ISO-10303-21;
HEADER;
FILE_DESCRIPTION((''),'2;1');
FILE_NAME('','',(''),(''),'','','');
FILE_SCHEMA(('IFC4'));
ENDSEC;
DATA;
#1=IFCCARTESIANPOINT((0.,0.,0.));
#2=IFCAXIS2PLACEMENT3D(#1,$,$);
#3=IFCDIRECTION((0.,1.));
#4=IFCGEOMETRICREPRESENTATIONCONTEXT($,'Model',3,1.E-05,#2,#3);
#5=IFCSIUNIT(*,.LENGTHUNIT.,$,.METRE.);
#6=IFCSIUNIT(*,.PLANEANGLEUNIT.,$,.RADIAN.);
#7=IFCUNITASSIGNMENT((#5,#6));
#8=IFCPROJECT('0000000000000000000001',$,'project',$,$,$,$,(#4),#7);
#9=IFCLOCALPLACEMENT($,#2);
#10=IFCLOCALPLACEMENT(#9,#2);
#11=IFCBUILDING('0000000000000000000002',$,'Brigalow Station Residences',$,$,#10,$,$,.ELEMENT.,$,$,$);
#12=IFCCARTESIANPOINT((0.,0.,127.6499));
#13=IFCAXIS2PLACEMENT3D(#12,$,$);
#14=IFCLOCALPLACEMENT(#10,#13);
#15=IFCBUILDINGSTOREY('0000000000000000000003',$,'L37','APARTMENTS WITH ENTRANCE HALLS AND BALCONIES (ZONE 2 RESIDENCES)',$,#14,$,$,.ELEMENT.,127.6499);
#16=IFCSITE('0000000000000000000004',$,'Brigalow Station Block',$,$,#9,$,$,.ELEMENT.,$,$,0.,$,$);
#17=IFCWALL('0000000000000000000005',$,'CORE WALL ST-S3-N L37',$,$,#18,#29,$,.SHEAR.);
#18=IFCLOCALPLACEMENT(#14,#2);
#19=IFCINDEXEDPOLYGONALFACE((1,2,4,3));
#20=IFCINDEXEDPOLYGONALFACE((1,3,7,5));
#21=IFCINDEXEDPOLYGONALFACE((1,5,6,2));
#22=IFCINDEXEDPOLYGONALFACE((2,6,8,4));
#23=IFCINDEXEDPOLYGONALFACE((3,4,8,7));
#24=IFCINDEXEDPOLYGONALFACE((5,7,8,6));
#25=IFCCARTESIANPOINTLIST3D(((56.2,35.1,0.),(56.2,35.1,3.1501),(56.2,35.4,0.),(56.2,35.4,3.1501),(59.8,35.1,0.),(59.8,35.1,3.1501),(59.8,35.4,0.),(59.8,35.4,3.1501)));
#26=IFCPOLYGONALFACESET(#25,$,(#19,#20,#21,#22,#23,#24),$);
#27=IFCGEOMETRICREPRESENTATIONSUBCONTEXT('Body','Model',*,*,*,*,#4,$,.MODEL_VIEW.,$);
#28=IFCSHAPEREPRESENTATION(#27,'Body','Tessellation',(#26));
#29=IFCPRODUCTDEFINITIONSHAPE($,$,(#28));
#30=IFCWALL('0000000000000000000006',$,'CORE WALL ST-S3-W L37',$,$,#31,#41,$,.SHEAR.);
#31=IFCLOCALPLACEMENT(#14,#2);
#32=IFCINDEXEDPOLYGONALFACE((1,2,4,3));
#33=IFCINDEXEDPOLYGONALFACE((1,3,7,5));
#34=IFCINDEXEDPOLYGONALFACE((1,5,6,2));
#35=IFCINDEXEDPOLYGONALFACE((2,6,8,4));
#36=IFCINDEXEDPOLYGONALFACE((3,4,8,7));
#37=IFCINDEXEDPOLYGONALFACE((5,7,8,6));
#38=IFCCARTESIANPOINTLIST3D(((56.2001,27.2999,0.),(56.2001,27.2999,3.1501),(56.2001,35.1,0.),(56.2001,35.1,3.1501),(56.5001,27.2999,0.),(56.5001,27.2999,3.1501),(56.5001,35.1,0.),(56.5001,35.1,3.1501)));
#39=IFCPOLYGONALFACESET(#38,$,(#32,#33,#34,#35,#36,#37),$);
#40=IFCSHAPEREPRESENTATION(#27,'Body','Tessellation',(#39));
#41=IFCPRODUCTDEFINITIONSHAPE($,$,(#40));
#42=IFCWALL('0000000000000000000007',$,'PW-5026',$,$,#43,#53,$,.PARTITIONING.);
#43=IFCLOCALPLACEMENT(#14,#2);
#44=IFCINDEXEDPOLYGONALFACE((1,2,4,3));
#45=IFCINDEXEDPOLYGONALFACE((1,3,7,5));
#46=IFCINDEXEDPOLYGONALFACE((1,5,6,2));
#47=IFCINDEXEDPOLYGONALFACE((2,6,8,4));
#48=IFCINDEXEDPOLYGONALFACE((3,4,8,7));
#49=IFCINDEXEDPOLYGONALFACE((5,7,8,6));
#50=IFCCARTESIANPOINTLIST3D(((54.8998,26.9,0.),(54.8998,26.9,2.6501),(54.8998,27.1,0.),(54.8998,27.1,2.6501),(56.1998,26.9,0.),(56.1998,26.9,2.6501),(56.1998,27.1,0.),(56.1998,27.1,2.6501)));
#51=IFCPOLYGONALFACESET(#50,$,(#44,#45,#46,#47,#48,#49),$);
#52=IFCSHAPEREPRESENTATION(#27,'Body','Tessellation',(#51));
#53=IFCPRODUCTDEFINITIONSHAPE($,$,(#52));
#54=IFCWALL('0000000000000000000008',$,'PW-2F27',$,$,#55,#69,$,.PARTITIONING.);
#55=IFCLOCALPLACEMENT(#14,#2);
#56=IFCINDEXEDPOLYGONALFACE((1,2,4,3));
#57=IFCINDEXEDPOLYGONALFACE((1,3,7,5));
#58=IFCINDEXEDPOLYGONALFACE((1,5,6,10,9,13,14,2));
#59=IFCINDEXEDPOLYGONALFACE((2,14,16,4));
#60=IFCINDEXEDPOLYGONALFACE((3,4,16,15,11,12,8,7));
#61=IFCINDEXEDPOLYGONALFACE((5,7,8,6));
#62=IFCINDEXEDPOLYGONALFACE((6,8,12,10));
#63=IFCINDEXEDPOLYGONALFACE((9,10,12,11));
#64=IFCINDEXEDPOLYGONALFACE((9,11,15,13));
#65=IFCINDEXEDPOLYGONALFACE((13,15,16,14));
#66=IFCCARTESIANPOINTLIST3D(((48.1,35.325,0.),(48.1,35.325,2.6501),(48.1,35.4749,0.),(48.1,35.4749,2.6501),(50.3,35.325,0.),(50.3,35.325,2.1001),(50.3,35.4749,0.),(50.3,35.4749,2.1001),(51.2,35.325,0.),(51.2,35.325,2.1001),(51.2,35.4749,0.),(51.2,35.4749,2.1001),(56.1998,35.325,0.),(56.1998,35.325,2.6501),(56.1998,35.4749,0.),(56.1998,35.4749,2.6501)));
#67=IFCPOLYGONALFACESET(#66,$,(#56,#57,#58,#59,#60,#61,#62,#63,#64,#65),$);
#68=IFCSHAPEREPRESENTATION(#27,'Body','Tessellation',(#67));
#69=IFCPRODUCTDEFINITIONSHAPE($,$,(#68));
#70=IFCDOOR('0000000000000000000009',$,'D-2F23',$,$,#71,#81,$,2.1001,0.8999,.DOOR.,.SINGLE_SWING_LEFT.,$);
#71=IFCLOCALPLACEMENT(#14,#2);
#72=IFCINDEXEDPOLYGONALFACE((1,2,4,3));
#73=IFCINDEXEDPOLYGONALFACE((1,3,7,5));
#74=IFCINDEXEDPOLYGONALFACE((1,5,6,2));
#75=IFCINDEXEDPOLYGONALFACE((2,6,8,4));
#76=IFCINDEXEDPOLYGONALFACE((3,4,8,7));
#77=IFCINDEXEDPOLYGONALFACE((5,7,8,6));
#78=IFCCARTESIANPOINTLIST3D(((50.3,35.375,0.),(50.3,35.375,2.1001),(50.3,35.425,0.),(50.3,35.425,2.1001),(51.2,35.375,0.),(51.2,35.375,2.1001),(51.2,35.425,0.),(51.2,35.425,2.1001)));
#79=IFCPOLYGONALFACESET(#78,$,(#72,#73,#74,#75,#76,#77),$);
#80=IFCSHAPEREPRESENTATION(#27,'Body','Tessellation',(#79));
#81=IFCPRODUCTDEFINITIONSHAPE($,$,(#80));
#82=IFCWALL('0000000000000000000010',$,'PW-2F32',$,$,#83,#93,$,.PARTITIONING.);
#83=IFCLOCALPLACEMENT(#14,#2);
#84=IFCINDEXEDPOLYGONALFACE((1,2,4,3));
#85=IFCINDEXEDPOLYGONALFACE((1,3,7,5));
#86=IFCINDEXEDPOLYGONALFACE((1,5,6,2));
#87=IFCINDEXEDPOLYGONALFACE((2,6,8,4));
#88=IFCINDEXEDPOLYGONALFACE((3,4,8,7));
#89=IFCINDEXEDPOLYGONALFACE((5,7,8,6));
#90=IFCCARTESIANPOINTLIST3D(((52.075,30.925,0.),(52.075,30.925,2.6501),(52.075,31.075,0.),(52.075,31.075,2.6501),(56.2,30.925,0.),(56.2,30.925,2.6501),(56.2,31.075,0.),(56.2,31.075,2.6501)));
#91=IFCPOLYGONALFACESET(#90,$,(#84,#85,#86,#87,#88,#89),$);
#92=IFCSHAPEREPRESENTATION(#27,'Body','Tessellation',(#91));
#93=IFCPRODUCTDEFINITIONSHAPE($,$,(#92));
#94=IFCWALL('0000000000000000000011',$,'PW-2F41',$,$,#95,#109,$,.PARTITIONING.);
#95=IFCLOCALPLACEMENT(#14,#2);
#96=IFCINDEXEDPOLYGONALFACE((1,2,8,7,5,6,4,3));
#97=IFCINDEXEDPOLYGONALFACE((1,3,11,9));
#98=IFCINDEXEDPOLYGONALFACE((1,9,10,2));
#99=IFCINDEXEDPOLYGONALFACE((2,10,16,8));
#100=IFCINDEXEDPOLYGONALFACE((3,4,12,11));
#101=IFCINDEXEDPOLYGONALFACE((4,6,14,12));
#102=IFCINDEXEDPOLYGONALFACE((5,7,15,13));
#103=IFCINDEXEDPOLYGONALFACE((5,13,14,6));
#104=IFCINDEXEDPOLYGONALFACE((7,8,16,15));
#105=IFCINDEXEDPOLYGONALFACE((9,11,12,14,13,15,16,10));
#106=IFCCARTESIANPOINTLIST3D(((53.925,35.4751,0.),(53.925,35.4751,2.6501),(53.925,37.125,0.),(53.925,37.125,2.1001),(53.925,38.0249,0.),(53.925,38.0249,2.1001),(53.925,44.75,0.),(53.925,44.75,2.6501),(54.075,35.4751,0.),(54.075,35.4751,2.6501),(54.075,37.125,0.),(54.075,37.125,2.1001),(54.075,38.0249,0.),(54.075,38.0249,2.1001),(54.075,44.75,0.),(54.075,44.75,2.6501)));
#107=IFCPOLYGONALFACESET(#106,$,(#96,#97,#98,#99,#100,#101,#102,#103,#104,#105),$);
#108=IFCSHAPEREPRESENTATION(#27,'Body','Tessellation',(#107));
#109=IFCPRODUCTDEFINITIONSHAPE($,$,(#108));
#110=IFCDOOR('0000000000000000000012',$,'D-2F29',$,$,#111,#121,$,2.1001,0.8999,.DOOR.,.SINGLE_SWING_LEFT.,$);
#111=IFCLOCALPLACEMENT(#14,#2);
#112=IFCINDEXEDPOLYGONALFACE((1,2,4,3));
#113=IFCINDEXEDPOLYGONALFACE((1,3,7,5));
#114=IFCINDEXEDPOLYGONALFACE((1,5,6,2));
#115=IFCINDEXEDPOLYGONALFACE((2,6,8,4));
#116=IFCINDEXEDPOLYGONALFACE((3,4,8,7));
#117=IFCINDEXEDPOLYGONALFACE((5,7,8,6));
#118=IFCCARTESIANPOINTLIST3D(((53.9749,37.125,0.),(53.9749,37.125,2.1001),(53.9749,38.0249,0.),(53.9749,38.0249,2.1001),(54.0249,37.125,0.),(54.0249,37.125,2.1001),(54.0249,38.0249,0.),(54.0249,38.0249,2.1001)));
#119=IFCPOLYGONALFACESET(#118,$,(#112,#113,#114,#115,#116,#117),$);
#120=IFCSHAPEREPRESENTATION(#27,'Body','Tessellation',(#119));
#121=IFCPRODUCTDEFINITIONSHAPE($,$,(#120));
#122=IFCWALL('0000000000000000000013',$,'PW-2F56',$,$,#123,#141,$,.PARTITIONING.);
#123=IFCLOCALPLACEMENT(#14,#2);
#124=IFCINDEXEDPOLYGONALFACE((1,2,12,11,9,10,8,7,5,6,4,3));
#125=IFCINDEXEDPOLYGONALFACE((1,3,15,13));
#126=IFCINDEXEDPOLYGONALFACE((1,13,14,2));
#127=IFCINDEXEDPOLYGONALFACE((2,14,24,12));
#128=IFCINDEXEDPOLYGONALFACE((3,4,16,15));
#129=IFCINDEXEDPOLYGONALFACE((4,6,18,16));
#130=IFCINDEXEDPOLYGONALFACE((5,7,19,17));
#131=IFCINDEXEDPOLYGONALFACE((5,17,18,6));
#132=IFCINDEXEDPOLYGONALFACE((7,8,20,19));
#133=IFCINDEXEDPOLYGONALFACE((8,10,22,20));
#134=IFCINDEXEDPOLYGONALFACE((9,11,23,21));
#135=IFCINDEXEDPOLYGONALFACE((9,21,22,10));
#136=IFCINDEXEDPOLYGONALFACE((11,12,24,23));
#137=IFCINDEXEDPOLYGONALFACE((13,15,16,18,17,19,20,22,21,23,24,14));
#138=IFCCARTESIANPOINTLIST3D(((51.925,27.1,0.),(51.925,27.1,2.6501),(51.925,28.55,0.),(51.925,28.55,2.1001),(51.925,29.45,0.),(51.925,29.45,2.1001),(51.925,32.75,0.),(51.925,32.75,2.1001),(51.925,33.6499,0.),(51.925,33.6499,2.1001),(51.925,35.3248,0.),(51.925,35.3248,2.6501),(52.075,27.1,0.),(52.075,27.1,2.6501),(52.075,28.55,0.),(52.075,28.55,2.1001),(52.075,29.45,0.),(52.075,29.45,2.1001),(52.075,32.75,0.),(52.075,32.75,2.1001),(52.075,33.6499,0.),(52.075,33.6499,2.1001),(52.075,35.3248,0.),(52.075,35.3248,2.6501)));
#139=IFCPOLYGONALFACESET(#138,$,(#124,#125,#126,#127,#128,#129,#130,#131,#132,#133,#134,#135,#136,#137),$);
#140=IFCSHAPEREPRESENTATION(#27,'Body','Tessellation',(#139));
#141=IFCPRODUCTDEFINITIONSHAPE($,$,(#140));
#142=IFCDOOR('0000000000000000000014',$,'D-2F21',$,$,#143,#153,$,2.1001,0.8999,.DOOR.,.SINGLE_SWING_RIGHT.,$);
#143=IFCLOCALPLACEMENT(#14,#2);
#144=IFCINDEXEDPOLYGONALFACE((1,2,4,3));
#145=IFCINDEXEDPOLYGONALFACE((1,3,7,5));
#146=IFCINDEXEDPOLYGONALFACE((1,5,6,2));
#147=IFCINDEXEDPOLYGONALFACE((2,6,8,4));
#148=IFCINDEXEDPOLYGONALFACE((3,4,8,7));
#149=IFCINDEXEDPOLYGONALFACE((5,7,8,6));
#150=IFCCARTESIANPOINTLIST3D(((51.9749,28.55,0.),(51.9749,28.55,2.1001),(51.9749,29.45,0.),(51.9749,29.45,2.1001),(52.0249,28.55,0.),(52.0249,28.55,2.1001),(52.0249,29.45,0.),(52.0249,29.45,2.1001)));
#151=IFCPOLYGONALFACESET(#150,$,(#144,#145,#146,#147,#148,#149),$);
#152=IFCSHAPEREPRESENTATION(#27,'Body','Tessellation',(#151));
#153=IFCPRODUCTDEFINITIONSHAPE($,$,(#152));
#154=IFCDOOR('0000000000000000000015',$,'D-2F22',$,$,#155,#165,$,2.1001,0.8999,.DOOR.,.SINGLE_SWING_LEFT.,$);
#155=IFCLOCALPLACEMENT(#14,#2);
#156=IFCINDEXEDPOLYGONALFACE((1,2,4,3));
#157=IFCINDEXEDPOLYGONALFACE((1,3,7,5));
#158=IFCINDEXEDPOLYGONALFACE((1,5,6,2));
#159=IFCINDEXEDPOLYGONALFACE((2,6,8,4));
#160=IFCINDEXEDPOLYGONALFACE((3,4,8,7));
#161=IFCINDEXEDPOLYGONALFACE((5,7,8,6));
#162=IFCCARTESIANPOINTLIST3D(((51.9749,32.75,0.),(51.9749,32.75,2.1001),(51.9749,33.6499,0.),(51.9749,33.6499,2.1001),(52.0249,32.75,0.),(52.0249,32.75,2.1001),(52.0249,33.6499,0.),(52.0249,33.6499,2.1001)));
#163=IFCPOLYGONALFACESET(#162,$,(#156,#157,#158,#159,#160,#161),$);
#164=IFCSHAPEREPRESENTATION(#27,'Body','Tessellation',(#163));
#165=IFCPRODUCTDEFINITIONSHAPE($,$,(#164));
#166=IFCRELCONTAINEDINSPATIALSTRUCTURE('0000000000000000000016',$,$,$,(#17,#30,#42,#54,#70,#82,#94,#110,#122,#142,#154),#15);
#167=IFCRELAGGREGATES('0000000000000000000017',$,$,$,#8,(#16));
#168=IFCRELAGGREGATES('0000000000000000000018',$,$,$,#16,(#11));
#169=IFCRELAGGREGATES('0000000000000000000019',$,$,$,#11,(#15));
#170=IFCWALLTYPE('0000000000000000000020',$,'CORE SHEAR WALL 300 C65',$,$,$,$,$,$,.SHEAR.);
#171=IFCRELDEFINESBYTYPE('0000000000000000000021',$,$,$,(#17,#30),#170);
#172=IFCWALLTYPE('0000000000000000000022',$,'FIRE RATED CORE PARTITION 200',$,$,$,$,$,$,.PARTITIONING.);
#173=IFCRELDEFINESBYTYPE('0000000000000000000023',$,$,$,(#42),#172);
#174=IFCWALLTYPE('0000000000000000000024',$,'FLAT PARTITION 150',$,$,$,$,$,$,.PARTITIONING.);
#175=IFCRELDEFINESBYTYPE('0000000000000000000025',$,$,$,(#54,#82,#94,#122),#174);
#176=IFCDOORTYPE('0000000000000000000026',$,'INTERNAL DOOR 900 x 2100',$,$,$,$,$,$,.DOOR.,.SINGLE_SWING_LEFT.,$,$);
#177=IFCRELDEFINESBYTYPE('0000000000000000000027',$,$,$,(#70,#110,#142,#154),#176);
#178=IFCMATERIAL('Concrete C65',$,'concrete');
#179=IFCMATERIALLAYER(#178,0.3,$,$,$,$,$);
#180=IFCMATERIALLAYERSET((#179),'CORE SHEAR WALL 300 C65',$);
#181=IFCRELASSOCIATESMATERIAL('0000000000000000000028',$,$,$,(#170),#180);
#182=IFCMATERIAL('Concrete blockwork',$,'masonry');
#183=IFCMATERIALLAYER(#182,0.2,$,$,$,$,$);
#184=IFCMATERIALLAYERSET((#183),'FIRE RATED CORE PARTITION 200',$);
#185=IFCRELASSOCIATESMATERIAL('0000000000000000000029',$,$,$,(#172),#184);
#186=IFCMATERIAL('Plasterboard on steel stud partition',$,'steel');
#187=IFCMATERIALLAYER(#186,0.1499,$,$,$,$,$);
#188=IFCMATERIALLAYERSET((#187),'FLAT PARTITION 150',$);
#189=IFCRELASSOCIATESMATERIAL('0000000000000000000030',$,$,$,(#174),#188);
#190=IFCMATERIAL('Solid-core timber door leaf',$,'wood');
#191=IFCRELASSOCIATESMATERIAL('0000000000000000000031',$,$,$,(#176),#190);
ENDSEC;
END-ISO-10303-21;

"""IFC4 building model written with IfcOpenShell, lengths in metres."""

from ifc_helpers import new_model, si_unit, direction, frame, frame_2d, origin, place, context, subcontext, project, spatial, rectangle, extrude, material, layer, layer_set, type_object, element, fill, save


model = new_model("IFC4")

# Units and contexts
model_context = context("Model", 3, precision=1e-05, world=origin(), true_north=direction((0.0, 1.0)))
body_context = subcontext(model_context, "Body", "Model", "MODEL_VIEW")
ifc_project = project(units=[si_unit("LENGTHUNIT", "METRE"), si_unit("PLANEANGLEUNIT", "RADIAN")], contexts=[model_context])

# Site, building, storey
site_placement = place(None, origin())
site = spatial("IfcSite", under=ifc_project, at=site_placement, Name="Brigalow Station Block", CompositionType="ELEMENT", RefElevation=0.0)
building_placement = place(site_placement, origin())
building = spatial("IfcBuilding", under=site, at=building_placement, Name="Brigalow Station Residences", CompositionType="ELEMENT")
storey_placement = place(building_placement, frame((0.0, 0.0, 127.6499)))
storey = spatial("IfcBuildingStorey", under=building, at=storey_placement, Name="L37", Description="APARTMENTS WITH ENTRANCE HALLS AND BALCONIES (ZONE 2 RESIDENCES)", CompositionType="ELEMENT", Elevation=127.6499)

# Shared definitions
ifc_material_1 = material(Name="Concrete C65", Category="concrete")
ifc_layer_1 = layer(ifc_material_1, 0.3)
ifc_layer_set_1 = layer_set([ifc_layer_1], Name="CORE SHEAR WALL 300 C65")
wall_type_1 = type_object("IfcWallType", Name="CORE SHEAR WALL 300 C65", PredefinedType="SHEAR", material=ifc_layer_set_1)

# Walls
wall_1_placement = place(storey_placement, frame((56.2, 35.25, 0.0), z_axis=(0.0, 0.0, 1.0), x_axis=(1.0, 0.0, 0.0)))
element("IfcWall", 1, at=wall_1_placement, inside=storey, type_object=wall_type_1, Name="CORE WALL ST-S3-N L37", PredefinedType="SHEAR", context=body_context, shape_type="SweptSolid", body=[
    extrude(rectangle(XDim=3.6001, YDim=0.3, at=frame_2d((1.8, 0.0))), origin(), (0.0, 0.0, 1.0), 3.1501),
])
wall_2_placement = place(storey_placement, frame((56.3501, 27.3, 0.0), z_axis=(0.0, 0.0, 1.0), x_axis=(0.0, 1.0, 0.0)))
element("IfcWall", 2, at=wall_2_placement, inside=storey, type_object=wall_type_1, Name="CORE WALL ST-S3-W L37", PredefinedType="SHEAR", context=body_context, shape_type="SweptSolid", body=[
    extrude(rectangle(XDim=7.8, YDim=0.3, at=frame_2d((3.8999, 0.0))), origin(), (0.0, 0.0, 1.0), 3.1501),
])
ifc_material_2 = material(Name="Concrete blockwork", Category="masonry")
ifc_layer_2 = layer(ifc_material_2, 0.2)
ifc_layer_set_2 = layer_set([ifc_layer_2], Name="FIRE RATED CORE PARTITION 200")
wall_type_2 = type_object("IfcWallType", Name="FIRE RATED CORE PARTITION 200", PredefinedType="PARTITIONING", material=ifc_layer_set_2)
wall_3_placement = place(storey_placement, frame((54.8999, 27.0, 0.0), z_axis=(0.0, 0.0, 1.0), x_axis=(1.0, 0.0, 0.0)))
element("IfcWall", 3, at=wall_3_placement, inside=storey, type_object=wall_type_2, Name="PW-5026", PredefinedType="PARTITIONING", context=body_context, shape_type="SweptSolid", body=[
    extrude(rectangle(XDim=1.3, YDim=0.2, at=frame_2d((0.6499, 0.0))), origin(), (0.0, 0.0, 1.0), 2.6501),
])

# Wall, opening, door
ifc_material_3 = material(Name="Plasterboard on steel stud partition", Category="steel")
ifc_layer_3 = layer(ifc_material_3, 0.1499)
ifc_layer_set_3 = layer_set([ifc_layer_3], Name="FLAT PARTITION 150")
wall_type_3 = type_object("IfcWallType", Name="FLAT PARTITION 150", PredefinedType="PARTITIONING", material=ifc_layer_set_3)
wall_4_placement = place(storey_placement, frame((48.1001, 35.3999, 0.0), z_axis=(0.0, 0.0, 1.0), x_axis=(1.0, 0.0, 0.0)))
wall_4 = element("IfcWall", 4, at=wall_4_placement, inside=storey, type_object=wall_type_3, Name="PW-2F27", PredefinedType="PARTITIONING", context=body_context, shape_type="SweptSolid", body=[
    extrude(rectangle(XDim=8.0999, YDim=0.1499, at=frame_2d((4.0498, 0.0))), origin(), (0.0, 0.0, 1.0), 2.6501),
])
opening_1_placement = place(wall_4_placement, frame((2.2, 0.0, 0.0)))
opening_1 = element("IfcOpeningElement", 5, at=opening_1_placement, cuts=wall_4, PredefinedType="OPENING", context=body_context, shape_type="SweptSolid", body=[
    extrude(rectangle(XDim=0.8999, YDim=2.1001, at=frame_2d((0.45, 1.05))), frame((0.0, 0.085, 0.0), z_axis=(0.0, -1.0, 0.0), x_axis=(1.0, 0.0, 0.0)), (0.0, 0.0, 1.0), 0.1699),
])
ifc_material_4 = material(Name="Solid-core timber door leaf", Category="wood")
door_type_1 = type_object("IfcDoorType", Name="INTERNAL DOOR 900 x 2100", OperationType="SINGLE_SWING_LEFT", PredefinedType="DOOR", material=ifc_material_4)
door_1_placement = place(opening_1_placement, frame((0.8999, 0.0, 0.0), z_axis=(0.0, 0.0, 1.0), x_axis=(-1.0, 0.0, 0.0)))
door_1 = element("IfcDoor", 6, at=door_1_placement, inside=storey, type_object=door_type_1, Name="D-2F23", OperationType="SINGLE_SWING_LEFT", OverallHeight=2.1001, OverallWidth=0.8999, PredefinedType="DOOR", context=body_context, shape_type="SweptSolid", body=[
    extrude(rectangle(XDim=0.8999, YDim=2.1001, at=frame_2d((0.45, 1.05))), frame((0.0, 0.0249, 0.0), z_axis=(0.0, -1.0, 0.0), x_axis=(1.0, 0.0, 0.0)), (0.0, 0.0, 1.0), 0.05),
])
fill(opening_1, door_1)

# Wall
wall_5_placement = place(storey_placement, frame((52.075, 31.0, 0.0), z_axis=(0.0, 0.0, 1.0), x_axis=(1.0, 0.0, 0.0)))
element("IfcWall", 7, at=wall_5_placement, inside=storey, type_object=wall_type_3, Name="PW-2F32", PredefinedType="PARTITIONING", context=body_context, shape_type="SweptSolid", body=[
    extrude(rectangle(XDim=4.125, YDim=0.1499, at=frame_2d((2.0625, 0.0))), origin(), (0.0, 0.0, 1.0), 2.6501),
])

# Wall, opening, door
wall_6_placement = place(storey_placement, frame((54.0, 35.4751, 0.0), z_axis=(0.0, 0.0, 1.0), x_axis=(0.0, 1.0, 0.0)))
wall_6 = element("IfcWall", 8, at=wall_6_placement, inside=storey, type_object=wall_type_3, Name="PW-2F41", PredefinedType="PARTITIONING", context=body_context, shape_type="SweptSolid", body=[
    extrude(rectangle(XDim=9.2749, YDim=0.1499, at=frame_2d((4.6375, 0.0))), origin(), (0.0, 0.0, 1.0), 2.6501),
])
opening_2_placement = place(wall_6_placement, frame((1.6499, 0.0, 0.0)))
opening_2 = element("IfcOpeningElement", 9, at=opening_2_placement, cuts=wall_6, PredefinedType="OPENING", context=body_context, shape_type="SweptSolid", body=[
    extrude(rectangle(XDim=0.8999, YDim=2.1001, at=frame_2d((0.45, 1.05))), frame((0.0, 0.085, 0.0), z_axis=(0.0, -1.0, 0.0), x_axis=(1.0, 0.0, 0.0)), (0.0, 0.0, 1.0), 0.1699),
])
door_2_placement = place(opening_2_placement, frame((0.8999, 0.0, 0.0), z_axis=(0.0, 0.0, 1.0), x_axis=(-1.0, 0.0, 0.0)))
door_2 = element("IfcDoor", 10, at=door_2_placement, inside=storey, type_object=door_type_1, Name="D-2F29", OperationType="SINGLE_SWING_LEFT", OverallHeight=2.1001, OverallWidth=0.8999, PredefinedType="DOOR", context=body_context, shape_type="SweptSolid", body=[
    extrude(rectangle(XDim=0.8999, YDim=2.1001, at=frame_2d((0.45, 1.05))), frame((0.0, 0.0249, 0.0), z_axis=(0.0, -1.0, 0.0), x_axis=(1.0, 0.0, 0.0)), (0.0, 0.0, 1.0), 0.05),
])
fill(opening_2, door_2)

# Wall, openings, doors
wall_7_placement = place(storey_placement, frame((52.0, 27.1001, 0.0), z_axis=(0.0, 0.0, 1.0), x_axis=(0.0, 1.0, 0.0)))
wall_7 = element("IfcWall", 11, at=wall_7_placement, inside=storey, type_object=wall_type_3, Name="PW-2F56", PredefinedType="PARTITIONING", context=body_context, shape_type="SweptSolid", body=[
    extrude(rectangle(XDim=8.2249, YDim=0.1499, at=frame_2d((4.1123, 0.0))), origin(), (0.0, 0.0, 1.0), 2.6501),
])
opening_3_placement = place(wall_7_placement, frame((1.45, 0.0, 0.0)))
opening_3 = element("IfcOpeningElement", 12, at=opening_3_placement, cuts=wall_7, PredefinedType="OPENING", context=body_context, shape_type="SweptSolid", body=[
    extrude(rectangle(XDim=0.8999, YDim=2.1001, at=frame_2d((0.45, 1.05))), frame((0.0, 0.085, 0.0), z_axis=(0.0, -1.0, 0.0), x_axis=(1.0, 0.0, 0.0)), (0.0, 0.0, 1.0), 0.1699),
])
opening_4_placement = place(wall_7_placement, frame((5.6499, 0.0, 0.0)))
opening_4 = element("IfcOpeningElement", 13, at=opening_4_placement, cuts=wall_7, PredefinedType="OPENING", context=body_context, shape_type="SweptSolid", body=[
    extrude(rectangle(XDim=0.8999, YDim=2.1001, at=frame_2d((0.45, 1.05))), frame((0.0, 0.085, 0.0), z_axis=(0.0, -1.0, 0.0), x_axis=(1.0, 0.0, 0.0)), (0.0, 0.0, 1.0), 0.1699),
])
door_3_placement = place(opening_3_placement, frame((0.8999, 0.0, 0.0), z_axis=(0.0, 0.0, 1.0), x_axis=(-1.0, 0.0, 0.0)))
door_3 = element("IfcDoor", 14, at=door_3_placement, inside=storey, type_object=door_type_1, Name="D-2F21", OperationType="SINGLE_SWING_RIGHT", OverallHeight=2.1001, OverallWidth=0.8999, PredefinedType="DOOR", context=body_context, shape_type="SweptSolid", body=[
    extrude(rectangle(XDim=0.8999, YDim=2.1001, at=frame_2d((0.45, 1.05))), frame((0.0, 0.0249, 0.0), z_axis=(0.0, -1.0, 0.0), x_axis=(1.0, 0.0, 0.0)), (0.0, 0.0, 1.0), 0.05),
])
fill(opening_3, door_3)
door_4_placement = place(opening_4_placement, frame((0.8999, 0.0, 0.0), z_axis=(0.0, 0.0, 1.0), x_axis=(-1.0, 0.0, 0.0)))
door_4 = element("IfcDoor", 15, at=door_4_placement, inside=storey, type_object=door_type_1, Name="D-2F22", OperationType="SINGLE_SWING_LEFT", OverallHeight=2.1001, OverallWidth=0.8999, PredefinedType="DOOR", context=body_context, shape_type="SweptSolid", body=[
    extrude(rectangle(XDim=0.8999, YDim=2.1001, at=frame_2d((0.45, 1.05))), frame((0.0, 0.0249, 0.0), z_axis=(0.0, -1.0, 0.0), x_axis=(1.0, 0.0, 0.0)), (0.0, 0.0, 1.0), 0.05),
])
fill(opening_4, door_4)

save(model, "model.ifc")
